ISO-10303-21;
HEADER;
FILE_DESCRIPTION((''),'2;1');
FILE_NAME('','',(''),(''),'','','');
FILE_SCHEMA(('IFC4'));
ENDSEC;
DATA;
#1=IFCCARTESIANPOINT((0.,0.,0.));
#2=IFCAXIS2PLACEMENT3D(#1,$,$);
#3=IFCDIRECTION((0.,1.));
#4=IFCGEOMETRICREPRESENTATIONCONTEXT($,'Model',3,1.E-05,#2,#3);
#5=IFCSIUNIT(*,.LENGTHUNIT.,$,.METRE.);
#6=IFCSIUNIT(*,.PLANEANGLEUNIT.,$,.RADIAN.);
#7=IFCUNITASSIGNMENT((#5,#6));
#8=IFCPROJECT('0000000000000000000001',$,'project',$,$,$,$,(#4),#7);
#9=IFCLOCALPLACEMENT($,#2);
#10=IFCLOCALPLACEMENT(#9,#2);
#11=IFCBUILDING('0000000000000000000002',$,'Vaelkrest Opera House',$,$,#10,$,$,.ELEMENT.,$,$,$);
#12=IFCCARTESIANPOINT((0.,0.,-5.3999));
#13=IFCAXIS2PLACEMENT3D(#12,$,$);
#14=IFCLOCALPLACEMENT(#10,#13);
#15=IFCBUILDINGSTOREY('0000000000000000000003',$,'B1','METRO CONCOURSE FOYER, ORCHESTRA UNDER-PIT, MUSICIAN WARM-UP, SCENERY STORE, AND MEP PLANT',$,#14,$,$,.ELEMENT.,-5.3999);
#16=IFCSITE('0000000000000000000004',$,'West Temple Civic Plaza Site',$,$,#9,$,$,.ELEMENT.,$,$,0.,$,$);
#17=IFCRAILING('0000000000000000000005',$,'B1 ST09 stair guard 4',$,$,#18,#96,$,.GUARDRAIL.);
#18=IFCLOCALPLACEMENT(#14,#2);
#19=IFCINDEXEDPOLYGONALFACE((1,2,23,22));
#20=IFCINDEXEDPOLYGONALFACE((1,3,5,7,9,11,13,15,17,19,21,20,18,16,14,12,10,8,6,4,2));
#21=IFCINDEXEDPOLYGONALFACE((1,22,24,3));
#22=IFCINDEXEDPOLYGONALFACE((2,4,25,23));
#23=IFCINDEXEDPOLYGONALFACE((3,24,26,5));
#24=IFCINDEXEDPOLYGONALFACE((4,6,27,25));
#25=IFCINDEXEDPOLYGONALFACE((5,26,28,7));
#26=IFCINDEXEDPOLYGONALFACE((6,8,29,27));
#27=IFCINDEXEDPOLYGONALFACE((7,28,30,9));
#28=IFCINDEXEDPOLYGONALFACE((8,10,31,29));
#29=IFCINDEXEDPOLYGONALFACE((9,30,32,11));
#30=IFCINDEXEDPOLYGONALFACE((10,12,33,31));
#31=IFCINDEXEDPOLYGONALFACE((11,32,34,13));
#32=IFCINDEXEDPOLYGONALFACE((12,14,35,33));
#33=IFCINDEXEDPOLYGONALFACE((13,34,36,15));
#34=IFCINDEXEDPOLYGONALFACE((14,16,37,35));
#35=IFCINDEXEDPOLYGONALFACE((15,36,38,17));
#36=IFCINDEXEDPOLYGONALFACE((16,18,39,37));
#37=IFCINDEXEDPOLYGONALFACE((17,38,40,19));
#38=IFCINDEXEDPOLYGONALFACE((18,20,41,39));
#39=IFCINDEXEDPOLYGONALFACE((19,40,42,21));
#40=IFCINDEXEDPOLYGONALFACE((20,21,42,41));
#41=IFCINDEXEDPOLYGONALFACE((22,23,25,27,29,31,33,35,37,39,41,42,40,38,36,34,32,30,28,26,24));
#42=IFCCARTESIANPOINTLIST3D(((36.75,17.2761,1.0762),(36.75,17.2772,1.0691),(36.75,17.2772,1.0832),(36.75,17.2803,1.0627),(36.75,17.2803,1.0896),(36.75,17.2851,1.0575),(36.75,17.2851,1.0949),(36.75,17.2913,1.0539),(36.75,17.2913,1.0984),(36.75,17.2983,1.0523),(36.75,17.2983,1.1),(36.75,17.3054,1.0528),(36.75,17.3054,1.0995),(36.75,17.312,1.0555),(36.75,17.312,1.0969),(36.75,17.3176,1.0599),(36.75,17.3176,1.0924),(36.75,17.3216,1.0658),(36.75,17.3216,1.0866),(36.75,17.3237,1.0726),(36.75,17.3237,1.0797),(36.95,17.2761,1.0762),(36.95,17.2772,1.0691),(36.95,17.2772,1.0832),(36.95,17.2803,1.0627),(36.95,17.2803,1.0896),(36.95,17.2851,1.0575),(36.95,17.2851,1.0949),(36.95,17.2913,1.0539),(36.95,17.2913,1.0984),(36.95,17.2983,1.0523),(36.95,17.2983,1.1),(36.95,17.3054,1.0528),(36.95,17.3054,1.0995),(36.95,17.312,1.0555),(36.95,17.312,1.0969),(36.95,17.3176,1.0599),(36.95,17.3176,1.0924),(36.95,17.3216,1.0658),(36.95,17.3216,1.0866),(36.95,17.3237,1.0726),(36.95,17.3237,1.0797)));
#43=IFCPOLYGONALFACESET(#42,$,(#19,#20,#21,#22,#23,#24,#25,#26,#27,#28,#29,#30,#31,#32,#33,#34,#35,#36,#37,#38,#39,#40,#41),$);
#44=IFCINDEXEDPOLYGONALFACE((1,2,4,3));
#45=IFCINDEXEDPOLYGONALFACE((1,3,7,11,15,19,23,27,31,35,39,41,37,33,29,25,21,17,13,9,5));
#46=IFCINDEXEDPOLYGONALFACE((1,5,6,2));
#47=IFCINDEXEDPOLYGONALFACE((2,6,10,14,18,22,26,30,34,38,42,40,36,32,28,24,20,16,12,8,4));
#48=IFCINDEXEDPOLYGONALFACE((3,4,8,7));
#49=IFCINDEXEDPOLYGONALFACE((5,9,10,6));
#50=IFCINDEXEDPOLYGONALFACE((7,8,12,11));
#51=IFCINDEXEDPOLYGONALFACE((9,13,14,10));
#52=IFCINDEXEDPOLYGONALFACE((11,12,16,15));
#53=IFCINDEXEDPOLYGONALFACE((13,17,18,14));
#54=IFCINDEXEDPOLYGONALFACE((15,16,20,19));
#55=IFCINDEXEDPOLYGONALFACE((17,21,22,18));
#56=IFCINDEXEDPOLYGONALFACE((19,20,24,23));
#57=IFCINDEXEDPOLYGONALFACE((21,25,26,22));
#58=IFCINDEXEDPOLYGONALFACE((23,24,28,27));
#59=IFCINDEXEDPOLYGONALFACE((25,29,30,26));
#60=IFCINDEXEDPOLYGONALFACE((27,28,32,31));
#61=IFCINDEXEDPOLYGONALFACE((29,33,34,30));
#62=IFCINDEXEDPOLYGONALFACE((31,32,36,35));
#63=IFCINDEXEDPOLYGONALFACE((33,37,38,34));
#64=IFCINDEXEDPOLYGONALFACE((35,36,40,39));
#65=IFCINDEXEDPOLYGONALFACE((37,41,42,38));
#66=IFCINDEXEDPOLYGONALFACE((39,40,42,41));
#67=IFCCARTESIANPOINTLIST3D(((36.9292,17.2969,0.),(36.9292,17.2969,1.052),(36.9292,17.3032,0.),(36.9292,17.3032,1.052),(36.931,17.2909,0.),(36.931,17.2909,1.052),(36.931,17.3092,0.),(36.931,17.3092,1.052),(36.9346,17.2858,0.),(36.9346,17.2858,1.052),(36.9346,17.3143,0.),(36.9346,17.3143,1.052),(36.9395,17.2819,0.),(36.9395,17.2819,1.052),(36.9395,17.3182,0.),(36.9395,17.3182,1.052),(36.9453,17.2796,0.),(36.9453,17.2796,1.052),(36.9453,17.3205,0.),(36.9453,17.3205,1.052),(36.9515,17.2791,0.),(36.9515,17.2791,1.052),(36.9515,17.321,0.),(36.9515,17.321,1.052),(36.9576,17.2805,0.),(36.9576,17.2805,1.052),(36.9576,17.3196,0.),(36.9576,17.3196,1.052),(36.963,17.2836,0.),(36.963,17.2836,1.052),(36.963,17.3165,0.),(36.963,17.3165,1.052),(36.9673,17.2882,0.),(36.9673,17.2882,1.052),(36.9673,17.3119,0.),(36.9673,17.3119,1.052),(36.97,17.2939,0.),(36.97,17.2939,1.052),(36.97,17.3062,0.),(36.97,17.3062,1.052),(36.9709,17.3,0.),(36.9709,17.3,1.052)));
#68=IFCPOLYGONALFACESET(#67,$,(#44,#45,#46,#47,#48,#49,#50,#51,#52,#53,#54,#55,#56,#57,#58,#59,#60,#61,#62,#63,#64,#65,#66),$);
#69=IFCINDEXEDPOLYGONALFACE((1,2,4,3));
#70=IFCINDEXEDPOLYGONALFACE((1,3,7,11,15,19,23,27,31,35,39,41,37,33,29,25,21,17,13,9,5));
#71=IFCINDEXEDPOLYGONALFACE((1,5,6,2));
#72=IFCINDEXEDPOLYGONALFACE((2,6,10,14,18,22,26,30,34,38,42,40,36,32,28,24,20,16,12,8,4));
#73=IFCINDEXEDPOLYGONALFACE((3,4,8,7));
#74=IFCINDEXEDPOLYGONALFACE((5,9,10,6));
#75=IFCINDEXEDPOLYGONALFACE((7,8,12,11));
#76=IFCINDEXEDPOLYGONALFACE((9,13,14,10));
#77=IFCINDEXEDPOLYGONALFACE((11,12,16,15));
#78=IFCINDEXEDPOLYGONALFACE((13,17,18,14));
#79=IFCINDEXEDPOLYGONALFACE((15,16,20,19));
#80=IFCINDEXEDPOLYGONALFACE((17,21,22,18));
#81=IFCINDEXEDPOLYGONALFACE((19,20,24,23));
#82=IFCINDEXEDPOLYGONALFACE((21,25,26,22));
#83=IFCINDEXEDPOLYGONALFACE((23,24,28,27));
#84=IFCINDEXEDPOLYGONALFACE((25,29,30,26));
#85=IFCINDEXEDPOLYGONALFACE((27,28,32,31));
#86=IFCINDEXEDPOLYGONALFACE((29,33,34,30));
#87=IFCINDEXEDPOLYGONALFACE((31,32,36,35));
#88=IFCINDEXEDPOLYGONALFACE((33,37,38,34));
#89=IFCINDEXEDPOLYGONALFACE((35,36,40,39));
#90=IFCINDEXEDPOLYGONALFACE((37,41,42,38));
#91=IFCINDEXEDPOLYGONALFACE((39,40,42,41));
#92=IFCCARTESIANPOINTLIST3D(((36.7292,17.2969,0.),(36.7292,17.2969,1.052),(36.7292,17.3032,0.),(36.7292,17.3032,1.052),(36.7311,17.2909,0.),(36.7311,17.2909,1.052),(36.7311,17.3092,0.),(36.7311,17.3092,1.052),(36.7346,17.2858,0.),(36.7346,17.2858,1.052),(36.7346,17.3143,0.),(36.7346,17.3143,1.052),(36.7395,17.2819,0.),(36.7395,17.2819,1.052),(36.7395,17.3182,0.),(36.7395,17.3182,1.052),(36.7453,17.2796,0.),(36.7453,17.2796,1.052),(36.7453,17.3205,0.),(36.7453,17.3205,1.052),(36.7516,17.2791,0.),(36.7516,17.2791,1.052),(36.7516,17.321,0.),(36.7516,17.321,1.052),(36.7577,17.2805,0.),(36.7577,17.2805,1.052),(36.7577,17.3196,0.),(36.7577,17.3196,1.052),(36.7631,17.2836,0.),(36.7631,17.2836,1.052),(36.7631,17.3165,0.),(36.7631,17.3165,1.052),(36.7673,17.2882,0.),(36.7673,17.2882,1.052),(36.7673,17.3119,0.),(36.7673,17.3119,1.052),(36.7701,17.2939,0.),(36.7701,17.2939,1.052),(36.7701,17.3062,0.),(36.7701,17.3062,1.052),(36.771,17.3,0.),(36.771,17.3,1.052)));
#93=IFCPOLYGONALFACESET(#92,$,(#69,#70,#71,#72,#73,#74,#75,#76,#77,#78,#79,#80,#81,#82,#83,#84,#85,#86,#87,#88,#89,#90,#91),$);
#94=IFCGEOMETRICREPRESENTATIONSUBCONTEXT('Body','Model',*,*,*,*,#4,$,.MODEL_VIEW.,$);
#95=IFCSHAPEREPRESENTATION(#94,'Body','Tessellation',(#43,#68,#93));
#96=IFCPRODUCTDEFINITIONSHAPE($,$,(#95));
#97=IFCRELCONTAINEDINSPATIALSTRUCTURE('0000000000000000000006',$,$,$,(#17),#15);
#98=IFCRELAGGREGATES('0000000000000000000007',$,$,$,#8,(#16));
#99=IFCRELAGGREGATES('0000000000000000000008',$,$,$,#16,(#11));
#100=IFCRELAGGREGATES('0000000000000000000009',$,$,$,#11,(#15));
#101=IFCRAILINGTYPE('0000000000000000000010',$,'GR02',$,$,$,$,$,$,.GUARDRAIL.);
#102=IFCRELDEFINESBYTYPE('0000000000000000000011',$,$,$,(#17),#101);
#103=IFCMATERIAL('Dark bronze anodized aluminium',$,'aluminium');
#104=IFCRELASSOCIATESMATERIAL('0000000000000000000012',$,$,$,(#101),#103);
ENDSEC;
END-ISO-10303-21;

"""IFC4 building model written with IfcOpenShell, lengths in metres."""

from ifc_helpers import new_model, si_unit, direction, frame, origin, origin_2d, place, context, subcontext, project, spatial, circle, extrude, material, type_object, element, save


model = new_model("IFC4")

# Units and contexts
model_context = context("Model", 3, precision=1e-05, world=origin(), true_north=direction((0.0, 1.0)))
body_context = subcontext(model_context, "Body", "Model", "MODEL_VIEW")
ifc_project = project(units=[si_unit("LENGTHUNIT", "METRE"), si_unit("PLANEANGLEUNIT", "RADIAN")], contexts=[model_context])

# Site, building, storey
site_placement = place(None, origin())
site = spatial("IfcSite", under=ifc_project, at=site_placement, Name="West Temple Civic Plaza Site", CompositionType="ELEMENT", RefElevation=0.0)
building_placement = place(site_placement, origin())
building = spatial("IfcBuilding", under=site, at=building_placement, Name="Vaelkrest Opera House", CompositionType="ELEMENT")
storey_placement = place(building_placement, frame((0.0, 0.0, -5.3999)))
storey = spatial("IfcBuildingStorey", under=building, at=storey_placement, Name="B1", Description="METRO CONCOURSE FOYER, ORCHESTRA UNDER-PIT, MUSICIAN WARM-UP, SCENERY STORE, AND MEP PLANT", CompositionType="ELEMENT", Elevation=-5.3999)

# Railing
ifc_material_1 = material(Name="Dark bronze anodized aluminium", Category="aluminium")
railing_type_1 = type_object("IfcRailingType", Name="GR02", PredefinedType="GUARDRAIL", material=ifc_material_1)
railing_1_placement = place(storey_placement, frame((36.95, 17.3, 0.0)))
element("IfcRailing", 1, at=railing_1_placement, inside=storey, type_object=railing_type_1, Name="B1 ST09 stair guard 4", PredefinedType="GUARDRAIL", context=body_context, shape_type="SweptSolid", body=[
    extrude(circle(Radius=0.0239, at=origin_2d()), frame((0.0, 0.0, 1.0762), z_axis=(-1.0, 0.0, 0.0), x_axis=(0.0, -1.0, 0.0)), (0.0, 0.0, 1.0), 0.2),
    extrude(circle(Radius=0.021, at=origin_2d()), origin(), (0.0, 0.0, 1.0), 1.052),
    extrude(circle(Radius=0.021, at=origin_2d()), frame((-0.2, 0.0, 0.0)), (0.0, 0.0, 1.0), 1.052),
])

save(model, "model.ifc")
